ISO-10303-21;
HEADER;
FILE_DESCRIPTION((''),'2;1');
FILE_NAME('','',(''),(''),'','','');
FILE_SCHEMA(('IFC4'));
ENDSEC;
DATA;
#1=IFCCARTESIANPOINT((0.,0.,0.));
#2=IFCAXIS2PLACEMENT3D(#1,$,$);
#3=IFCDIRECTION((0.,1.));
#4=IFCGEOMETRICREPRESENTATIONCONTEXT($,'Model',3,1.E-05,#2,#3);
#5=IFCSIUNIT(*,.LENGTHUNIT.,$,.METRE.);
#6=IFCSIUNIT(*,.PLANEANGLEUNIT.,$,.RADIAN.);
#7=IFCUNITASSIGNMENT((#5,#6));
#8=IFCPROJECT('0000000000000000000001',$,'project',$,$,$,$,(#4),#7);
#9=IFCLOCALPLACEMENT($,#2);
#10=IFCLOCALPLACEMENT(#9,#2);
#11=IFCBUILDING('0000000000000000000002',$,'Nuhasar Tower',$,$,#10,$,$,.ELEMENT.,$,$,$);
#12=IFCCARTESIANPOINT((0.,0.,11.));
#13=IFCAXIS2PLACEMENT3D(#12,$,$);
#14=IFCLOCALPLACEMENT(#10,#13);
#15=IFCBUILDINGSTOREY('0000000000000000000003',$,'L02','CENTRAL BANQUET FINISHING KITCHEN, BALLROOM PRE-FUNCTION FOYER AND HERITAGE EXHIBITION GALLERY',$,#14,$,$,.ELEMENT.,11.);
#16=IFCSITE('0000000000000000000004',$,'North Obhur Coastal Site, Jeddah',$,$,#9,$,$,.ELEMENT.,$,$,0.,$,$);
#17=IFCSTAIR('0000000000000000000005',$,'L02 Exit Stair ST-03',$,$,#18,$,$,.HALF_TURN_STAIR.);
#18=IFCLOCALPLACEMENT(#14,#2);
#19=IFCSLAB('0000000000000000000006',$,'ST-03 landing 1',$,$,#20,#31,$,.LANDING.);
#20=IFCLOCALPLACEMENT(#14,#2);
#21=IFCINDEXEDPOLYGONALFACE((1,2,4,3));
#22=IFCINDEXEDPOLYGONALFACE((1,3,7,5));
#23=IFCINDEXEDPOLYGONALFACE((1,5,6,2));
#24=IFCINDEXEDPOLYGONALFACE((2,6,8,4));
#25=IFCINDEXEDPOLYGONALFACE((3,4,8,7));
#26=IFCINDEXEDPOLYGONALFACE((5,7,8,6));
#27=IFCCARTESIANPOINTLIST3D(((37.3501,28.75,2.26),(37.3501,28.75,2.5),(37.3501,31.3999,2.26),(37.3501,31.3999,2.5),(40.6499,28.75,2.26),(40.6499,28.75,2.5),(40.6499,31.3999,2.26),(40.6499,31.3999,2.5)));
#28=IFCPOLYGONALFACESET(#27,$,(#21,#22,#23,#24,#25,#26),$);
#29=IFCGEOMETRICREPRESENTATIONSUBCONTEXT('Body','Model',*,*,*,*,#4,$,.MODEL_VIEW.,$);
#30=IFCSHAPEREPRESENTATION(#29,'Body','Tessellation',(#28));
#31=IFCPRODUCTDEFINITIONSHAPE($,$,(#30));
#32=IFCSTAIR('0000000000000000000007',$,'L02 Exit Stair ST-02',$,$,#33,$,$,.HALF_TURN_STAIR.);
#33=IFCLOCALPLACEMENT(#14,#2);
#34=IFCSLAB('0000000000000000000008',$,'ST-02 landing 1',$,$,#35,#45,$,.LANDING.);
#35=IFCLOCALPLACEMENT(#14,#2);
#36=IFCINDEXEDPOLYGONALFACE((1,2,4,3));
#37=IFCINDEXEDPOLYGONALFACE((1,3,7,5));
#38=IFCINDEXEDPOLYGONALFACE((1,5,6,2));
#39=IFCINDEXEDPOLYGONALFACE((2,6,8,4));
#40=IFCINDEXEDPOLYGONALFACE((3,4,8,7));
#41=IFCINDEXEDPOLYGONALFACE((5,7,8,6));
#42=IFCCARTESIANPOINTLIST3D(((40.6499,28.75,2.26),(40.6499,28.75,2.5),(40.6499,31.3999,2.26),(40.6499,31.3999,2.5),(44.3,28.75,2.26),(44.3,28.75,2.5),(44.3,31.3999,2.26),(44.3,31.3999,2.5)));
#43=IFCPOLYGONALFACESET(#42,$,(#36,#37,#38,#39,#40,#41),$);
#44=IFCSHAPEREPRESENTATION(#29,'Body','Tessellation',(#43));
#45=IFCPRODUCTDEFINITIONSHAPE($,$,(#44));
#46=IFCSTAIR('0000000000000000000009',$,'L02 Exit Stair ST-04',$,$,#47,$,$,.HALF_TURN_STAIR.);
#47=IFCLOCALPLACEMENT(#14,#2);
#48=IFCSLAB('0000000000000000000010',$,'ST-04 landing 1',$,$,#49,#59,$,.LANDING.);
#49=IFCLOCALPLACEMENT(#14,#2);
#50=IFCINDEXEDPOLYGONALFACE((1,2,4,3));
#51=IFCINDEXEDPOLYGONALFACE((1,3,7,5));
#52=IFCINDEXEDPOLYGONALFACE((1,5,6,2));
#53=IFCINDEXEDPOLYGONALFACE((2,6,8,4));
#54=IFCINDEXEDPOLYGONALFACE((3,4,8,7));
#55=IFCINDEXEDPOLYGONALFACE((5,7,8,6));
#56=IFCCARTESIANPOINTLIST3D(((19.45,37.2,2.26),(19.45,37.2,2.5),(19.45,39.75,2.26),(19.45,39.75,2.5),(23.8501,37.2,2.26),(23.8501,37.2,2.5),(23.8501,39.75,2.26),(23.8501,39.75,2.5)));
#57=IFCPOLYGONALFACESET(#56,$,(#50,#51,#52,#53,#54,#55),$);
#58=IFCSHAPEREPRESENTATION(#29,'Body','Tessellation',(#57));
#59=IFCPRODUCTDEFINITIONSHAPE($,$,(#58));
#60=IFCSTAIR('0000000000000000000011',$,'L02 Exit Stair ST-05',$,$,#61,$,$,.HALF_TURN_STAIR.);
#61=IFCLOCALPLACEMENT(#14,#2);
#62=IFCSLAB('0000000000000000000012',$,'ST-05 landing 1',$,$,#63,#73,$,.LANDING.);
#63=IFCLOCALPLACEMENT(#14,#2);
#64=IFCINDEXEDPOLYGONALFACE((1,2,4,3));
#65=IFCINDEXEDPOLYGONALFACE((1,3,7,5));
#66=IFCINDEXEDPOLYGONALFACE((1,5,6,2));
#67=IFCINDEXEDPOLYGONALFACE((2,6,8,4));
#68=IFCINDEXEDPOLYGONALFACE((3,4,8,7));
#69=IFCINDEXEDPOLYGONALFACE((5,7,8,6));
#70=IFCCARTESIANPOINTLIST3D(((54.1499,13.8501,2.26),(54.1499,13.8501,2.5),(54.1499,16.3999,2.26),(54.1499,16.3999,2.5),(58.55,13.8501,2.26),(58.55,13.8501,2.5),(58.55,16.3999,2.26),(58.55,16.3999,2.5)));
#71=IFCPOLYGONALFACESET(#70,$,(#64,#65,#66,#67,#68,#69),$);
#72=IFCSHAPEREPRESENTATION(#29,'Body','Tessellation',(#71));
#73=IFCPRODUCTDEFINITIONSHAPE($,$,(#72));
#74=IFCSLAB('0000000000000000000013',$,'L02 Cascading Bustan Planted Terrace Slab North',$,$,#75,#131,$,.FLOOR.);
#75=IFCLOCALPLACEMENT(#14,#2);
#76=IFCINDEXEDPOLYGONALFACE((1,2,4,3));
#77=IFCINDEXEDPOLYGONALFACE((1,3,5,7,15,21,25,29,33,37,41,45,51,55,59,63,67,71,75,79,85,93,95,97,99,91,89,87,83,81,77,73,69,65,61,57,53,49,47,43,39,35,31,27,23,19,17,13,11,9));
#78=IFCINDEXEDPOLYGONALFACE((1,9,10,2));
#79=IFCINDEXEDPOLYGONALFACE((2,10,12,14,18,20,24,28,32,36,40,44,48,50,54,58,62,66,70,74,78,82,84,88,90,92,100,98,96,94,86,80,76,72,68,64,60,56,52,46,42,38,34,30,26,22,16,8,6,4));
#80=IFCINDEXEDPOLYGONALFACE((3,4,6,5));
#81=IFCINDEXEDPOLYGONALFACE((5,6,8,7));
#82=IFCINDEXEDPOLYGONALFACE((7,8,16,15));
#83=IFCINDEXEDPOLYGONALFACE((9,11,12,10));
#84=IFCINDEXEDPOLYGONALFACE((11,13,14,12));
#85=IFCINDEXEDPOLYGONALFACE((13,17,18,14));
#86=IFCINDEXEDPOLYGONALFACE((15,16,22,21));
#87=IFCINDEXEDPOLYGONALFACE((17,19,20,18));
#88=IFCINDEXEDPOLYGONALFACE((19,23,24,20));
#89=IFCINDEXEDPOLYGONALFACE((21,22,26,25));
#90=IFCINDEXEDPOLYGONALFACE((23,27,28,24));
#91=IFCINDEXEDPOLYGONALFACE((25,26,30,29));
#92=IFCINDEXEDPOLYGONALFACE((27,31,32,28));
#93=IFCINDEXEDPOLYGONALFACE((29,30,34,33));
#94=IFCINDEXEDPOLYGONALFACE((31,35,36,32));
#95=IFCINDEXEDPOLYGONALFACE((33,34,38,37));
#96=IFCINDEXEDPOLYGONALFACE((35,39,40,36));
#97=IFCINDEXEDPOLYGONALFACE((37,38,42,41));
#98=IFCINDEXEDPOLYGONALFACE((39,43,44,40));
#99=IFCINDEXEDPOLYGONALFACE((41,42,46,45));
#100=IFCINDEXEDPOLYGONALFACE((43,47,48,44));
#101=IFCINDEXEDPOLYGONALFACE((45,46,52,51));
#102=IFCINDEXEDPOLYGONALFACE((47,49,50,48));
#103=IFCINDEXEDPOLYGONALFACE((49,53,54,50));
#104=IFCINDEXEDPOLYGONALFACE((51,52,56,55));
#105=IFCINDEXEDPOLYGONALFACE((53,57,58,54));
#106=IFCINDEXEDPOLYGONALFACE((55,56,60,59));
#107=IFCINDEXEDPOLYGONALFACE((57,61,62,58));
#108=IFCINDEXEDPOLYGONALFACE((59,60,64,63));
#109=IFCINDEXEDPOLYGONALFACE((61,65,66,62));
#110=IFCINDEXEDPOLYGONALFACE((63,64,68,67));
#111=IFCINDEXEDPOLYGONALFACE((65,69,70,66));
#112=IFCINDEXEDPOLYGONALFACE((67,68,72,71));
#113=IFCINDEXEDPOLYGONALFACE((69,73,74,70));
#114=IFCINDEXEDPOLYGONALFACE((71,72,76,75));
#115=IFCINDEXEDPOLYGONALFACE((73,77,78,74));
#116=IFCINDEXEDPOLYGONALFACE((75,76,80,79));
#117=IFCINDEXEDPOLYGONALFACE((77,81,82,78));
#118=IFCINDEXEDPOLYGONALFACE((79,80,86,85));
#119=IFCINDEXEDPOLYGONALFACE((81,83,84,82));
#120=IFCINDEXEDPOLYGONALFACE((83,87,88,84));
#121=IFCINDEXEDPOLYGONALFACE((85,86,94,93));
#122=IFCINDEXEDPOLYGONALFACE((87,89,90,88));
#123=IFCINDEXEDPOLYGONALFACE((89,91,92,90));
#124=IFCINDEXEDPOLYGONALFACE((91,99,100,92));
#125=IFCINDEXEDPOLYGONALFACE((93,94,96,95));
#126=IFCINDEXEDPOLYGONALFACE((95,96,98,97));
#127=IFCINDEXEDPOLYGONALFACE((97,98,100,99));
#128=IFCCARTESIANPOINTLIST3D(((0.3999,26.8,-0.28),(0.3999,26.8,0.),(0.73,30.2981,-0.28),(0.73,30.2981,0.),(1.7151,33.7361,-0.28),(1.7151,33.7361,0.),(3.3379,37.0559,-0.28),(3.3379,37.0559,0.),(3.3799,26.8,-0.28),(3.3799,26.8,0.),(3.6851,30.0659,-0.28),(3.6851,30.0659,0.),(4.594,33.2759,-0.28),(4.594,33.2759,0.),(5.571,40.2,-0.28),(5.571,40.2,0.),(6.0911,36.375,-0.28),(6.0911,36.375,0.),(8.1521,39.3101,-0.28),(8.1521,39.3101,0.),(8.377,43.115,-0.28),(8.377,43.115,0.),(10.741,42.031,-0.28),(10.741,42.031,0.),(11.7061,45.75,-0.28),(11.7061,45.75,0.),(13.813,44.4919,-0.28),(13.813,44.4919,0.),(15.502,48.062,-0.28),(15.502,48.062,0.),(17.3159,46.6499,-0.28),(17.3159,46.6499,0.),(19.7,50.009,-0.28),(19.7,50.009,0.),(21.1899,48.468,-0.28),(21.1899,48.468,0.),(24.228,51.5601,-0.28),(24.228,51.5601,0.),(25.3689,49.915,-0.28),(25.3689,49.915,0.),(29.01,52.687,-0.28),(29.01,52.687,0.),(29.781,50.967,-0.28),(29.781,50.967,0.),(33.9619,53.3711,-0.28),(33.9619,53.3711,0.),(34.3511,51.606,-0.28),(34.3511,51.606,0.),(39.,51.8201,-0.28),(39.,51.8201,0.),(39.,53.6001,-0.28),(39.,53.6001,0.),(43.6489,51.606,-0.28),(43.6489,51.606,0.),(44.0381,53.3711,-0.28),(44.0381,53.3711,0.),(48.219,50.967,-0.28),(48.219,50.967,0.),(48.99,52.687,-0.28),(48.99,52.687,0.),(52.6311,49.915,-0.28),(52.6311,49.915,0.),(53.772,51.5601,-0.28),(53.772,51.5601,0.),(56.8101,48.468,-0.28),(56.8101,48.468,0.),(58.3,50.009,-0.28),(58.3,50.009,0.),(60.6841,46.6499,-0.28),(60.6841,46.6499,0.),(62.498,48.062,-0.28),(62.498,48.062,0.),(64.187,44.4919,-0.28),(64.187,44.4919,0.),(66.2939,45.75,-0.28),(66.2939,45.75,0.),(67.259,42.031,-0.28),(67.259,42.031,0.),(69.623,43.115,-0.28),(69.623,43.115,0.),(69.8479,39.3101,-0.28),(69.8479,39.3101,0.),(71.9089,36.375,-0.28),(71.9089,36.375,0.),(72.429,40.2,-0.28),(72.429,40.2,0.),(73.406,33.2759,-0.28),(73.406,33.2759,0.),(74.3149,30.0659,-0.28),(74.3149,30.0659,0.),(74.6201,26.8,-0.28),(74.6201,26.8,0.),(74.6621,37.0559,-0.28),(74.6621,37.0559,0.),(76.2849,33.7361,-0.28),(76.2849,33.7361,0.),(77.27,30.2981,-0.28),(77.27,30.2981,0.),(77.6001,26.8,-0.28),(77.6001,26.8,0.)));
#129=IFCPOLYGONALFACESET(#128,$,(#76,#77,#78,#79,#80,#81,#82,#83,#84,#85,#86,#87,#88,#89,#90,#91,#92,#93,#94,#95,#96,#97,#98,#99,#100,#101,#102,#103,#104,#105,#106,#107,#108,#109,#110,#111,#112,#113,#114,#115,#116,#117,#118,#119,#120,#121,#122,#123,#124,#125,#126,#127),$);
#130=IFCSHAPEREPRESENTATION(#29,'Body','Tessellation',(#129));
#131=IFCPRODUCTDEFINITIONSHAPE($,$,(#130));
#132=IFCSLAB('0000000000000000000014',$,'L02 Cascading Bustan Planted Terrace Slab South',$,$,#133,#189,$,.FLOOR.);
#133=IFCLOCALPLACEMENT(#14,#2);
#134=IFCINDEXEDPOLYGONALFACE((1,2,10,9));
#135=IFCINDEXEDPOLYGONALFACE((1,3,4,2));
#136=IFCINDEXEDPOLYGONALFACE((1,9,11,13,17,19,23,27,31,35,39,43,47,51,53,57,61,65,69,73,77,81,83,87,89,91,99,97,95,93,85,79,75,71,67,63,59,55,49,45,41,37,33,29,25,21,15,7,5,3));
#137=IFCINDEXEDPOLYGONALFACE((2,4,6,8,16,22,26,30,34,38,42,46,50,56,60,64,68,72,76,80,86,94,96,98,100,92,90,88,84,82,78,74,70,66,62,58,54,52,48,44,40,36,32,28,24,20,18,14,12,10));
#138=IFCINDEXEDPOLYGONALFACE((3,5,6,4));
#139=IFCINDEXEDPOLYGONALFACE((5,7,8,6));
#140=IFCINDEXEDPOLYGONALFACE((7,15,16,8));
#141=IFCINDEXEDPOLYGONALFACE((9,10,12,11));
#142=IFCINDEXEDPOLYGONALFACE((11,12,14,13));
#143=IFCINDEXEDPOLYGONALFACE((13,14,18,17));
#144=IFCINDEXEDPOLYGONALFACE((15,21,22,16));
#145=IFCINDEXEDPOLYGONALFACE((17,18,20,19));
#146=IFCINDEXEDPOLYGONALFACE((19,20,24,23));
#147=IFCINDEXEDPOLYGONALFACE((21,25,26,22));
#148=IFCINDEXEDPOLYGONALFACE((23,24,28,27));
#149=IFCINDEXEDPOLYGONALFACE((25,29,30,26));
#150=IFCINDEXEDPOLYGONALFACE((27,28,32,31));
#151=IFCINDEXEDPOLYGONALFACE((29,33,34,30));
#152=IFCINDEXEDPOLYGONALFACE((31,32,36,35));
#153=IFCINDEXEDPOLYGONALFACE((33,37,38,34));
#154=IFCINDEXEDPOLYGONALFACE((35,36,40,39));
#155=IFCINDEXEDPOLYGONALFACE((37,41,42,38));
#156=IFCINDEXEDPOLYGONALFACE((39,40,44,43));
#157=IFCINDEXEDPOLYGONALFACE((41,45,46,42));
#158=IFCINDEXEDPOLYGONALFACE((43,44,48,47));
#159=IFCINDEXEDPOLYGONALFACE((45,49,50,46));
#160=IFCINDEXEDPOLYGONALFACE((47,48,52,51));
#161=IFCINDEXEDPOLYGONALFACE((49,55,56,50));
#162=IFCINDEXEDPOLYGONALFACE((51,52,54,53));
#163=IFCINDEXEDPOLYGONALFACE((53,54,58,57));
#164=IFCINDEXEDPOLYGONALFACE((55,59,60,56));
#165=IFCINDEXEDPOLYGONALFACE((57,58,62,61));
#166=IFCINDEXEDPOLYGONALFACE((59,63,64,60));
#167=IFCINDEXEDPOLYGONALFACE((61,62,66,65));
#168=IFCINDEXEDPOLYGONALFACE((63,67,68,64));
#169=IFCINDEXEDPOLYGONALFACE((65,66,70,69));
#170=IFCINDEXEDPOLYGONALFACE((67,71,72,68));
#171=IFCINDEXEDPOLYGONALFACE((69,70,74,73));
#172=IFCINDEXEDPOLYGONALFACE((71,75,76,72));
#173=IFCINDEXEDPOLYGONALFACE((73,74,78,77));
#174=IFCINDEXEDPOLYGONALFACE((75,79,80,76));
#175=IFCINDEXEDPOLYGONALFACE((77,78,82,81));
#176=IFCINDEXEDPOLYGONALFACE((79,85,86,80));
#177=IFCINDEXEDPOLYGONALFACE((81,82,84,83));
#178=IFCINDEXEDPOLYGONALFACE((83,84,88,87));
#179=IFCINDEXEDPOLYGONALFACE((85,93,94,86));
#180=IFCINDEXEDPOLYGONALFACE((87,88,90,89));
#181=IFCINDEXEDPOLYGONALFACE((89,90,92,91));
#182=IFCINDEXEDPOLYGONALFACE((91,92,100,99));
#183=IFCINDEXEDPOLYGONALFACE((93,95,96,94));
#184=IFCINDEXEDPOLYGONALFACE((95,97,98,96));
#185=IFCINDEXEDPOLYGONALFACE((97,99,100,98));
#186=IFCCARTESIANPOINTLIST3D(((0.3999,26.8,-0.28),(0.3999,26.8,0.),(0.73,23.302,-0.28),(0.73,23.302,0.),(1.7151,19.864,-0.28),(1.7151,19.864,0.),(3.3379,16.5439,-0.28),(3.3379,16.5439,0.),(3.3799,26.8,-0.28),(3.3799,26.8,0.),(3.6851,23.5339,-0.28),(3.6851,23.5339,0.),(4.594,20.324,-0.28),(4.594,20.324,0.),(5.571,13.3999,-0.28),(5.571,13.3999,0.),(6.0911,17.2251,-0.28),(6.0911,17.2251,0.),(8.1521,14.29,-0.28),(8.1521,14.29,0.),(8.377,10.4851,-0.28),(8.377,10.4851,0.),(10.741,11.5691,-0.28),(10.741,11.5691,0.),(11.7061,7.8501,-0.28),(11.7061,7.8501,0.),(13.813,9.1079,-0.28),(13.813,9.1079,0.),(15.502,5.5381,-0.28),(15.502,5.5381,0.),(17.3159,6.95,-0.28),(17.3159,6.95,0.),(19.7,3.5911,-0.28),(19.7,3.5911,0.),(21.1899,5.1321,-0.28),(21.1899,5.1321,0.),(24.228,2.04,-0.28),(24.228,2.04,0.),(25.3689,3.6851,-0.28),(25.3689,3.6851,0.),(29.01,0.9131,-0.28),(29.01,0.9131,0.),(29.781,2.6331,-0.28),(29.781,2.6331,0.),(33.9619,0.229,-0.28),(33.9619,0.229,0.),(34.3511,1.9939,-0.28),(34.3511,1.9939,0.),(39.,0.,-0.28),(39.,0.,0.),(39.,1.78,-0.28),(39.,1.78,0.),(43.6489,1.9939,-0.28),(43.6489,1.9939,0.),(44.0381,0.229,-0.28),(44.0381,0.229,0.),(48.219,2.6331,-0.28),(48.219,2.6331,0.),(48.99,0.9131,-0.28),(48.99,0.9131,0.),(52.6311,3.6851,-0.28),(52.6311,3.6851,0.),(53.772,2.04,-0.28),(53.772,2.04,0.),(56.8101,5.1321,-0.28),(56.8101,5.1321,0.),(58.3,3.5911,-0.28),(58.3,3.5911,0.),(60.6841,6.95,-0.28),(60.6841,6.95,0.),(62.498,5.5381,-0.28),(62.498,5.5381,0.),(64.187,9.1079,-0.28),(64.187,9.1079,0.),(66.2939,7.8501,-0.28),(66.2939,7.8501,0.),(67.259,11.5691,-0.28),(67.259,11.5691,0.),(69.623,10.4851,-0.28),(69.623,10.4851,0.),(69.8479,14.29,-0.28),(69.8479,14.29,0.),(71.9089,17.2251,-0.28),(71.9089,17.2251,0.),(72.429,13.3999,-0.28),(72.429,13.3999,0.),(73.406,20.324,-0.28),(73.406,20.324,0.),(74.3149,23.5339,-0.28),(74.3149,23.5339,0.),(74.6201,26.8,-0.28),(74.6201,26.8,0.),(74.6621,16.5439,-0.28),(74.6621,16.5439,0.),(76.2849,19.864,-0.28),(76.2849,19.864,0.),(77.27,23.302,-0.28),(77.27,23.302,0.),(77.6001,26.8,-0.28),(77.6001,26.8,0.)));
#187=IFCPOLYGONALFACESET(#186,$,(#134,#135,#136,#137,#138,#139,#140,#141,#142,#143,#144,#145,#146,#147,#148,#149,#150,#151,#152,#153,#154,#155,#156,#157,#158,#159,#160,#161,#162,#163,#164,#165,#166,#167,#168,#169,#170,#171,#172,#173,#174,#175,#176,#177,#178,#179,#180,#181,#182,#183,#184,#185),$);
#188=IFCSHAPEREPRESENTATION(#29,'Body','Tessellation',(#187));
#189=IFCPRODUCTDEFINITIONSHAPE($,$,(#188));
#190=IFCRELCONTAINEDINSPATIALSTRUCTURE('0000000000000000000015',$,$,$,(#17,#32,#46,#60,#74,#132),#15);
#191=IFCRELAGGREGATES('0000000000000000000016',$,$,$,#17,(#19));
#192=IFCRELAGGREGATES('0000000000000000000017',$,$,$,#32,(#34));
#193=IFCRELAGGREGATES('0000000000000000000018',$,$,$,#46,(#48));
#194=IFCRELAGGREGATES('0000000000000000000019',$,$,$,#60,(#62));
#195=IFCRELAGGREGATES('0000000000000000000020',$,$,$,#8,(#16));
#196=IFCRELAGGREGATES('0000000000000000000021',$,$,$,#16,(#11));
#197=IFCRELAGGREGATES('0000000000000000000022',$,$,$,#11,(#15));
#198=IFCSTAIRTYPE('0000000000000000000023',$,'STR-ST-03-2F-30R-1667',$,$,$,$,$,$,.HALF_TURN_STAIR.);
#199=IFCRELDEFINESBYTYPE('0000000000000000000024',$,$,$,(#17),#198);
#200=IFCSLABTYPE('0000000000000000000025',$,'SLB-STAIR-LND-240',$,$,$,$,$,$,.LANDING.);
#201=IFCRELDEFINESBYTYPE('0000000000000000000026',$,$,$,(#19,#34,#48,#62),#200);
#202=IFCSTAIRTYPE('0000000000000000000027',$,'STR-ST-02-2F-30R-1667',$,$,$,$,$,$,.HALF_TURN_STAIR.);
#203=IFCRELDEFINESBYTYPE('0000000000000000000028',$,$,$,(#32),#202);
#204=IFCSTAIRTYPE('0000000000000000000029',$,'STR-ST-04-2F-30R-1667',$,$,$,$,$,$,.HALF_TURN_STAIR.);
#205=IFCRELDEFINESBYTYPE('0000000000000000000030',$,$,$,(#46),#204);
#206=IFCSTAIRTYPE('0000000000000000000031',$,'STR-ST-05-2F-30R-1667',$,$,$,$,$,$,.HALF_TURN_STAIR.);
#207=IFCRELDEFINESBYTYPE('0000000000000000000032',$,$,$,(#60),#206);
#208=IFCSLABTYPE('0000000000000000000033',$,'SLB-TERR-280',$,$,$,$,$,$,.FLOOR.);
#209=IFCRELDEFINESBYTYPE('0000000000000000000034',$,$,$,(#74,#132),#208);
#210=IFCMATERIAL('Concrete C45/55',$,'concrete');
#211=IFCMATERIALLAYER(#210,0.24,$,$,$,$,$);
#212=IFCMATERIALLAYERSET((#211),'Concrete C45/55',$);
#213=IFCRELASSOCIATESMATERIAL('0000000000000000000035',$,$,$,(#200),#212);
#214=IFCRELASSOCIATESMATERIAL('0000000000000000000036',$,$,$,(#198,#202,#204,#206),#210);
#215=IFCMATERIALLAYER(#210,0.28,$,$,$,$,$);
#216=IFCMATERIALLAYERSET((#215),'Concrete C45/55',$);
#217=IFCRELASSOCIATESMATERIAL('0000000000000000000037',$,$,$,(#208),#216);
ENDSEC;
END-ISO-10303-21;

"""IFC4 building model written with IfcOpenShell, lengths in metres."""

from ifc_helpers import new_model, si_unit, direction, frame, origin, place, context, subcontext, project, spatial, polyline, outline, extrude, material, layer, layer_set, type_object, element, aggregate, save


model = new_model("IFC4")

# Units and contexts
model_context = context("Model", 3, precision=1e-05, world=origin(), true_north=direction((0.0, 1.0)))
body_context = subcontext(model_context, "Body", "Model", "MODEL_VIEW")
ifc_project = project(units=[si_unit("LENGTHUNIT", "METRE"), si_unit("PLANEANGLEUNIT", "RADIAN")], contexts=[model_context])

# Site, building, storey
site_placement = place(None, origin())
site = spatial("IfcSite", under=ifc_project, at=site_placement, Name="North Obhur Coastal Site, Jeddah", CompositionType="ELEMENT", RefElevation=0.0)
building_placement = place(site_placement, origin())
building = spatial("IfcBuilding", under=site, at=building_placement, Name="Nuhasar Tower", CompositionType="ELEMENT")
storey_placement = place(building_placement, frame((0.0, 0.0, 11.0)))
storey = spatial("IfcBuildingStorey", under=building, at=storey_placement, Name="L02", Description="CENTRAL BANQUET FINISHING KITCHEN, BALLROOM PRE-FUNCTION FOYER AND HERITAGE EXHIBITION GALLERY", CompositionType="ELEMENT", Elevation=11.0)

# Stairs, slabs
ifc_material_1 = material(Name="Concrete C45/55", Category="concrete")
ifc_layer_1 = layer(ifc_material_1, 0.24)
ifc_layer_set_1 = layer_set([ifc_layer_1], Name="Concrete C45/55")
slab_type_1 = type_object("IfcSlabType", Name="SLB-STAIR-LND-240", PredefinedType="LANDING", material=ifc_layer_set_1)
stair_type_1 = type_object("IfcStairType", Name="STR-ST-03-2F-30R-1667", PredefinedType="HALF_TURN_STAIR", material=ifc_material_1)
stair_1_placement = place(storey_placement, origin())
stair_1 = element("IfcStair", 1, at=stair_1_placement, inside=storey, type_object=stair_type_1, Name="L02 Exit Stair ST-03", PredefinedType="HALF_TURN_STAIR")
slab_1_placement = place(storey_placement, frame((0.0, 0.0, 2.26)))
slab_1 = element("IfcSlab", 2, at=slab_1_placement, type_object=slab_type_1, Name="ST-03 landing 1", PredefinedType="LANDING", context=body_context, shape_type="SweptSolid", body=[
    extrude(outline(polyline([(37.3501, 28.75), (40.6499, 28.75), (40.6499, 31.3999), (37.3501, 31.3999), (37.3501, 28.75)])), origin(), (0.0, 0.0, 1.0), 0.24),
])
aggregate(stair_1, [slab_1])
stair_type_2 = type_object("IfcStairType", Name="STR-ST-02-2F-30R-1667", PredefinedType="HALF_TURN_STAIR", material=ifc_material_1)
stair_2_placement = place(storey_placement, origin())
stair_2 = element("IfcStair", 3, at=stair_2_placement, inside=storey, type_object=stair_type_2, Name="L02 Exit Stair ST-02", PredefinedType="HALF_TURN_STAIR")
slab_2_placement = place(storey_placement, frame((0.0, 0.0, 2.26)))
slab_2 = element("IfcSlab", 4, at=slab_2_placement, type_object=slab_type_1, Name="ST-02 landing 1", PredefinedType="LANDING", context=body_context, shape_type="SweptSolid", body=[
    extrude(outline(polyline([(40.6499, 28.75), (44.3, 28.75), (44.3, 31.3999), (40.6499, 31.3999), (40.6499, 28.75)])), origin(), (0.0, 0.0, 1.0), 0.24),
])
aggregate(stair_2, [slab_2])
stair_type_3 = type_object("IfcStairType", Name="STR-ST-04-2F-30R-1667", PredefinedType="HALF_TURN_STAIR", material=ifc_material_1)
stair_3_placement = place(storey_placement, origin())
stair_3 = element("IfcStair", 5, at=stair_3_placement, inside=storey, type_object=stair_type_3, Name="L02 Exit Stair ST-04", PredefinedType="HALF_TURN_STAIR")
slab_3_placement = place(storey_placement, frame((0.0, 0.0, 2.26)))
slab_3 = element("IfcSlab", 6, at=slab_3_placement, type_object=slab_type_1, Name="ST-04 landing 1", PredefinedType="LANDING", context=body_context, shape_type="SweptSolid", body=[
    extrude(outline(polyline([(19.45, 37.2), (23.8501, 37.2), (23.8501, 39.75), (19.45, 39.75), (19.45, 37.2)])), origin(), (0.0, 0.0, 1.0), 0.24),
])
aggregate(stair_3, [slab_3])
stair_type_4 = type_object("IfcStairType", Name="STR-ST-05-2F-30R-1667", PredefinedType="HALF_TURN_STAIR", material=ifc_material_1)
stair_4_placement = place(storey_placement, origin())
stair_4 = element("IfcStair", 7, at=stair_4_placement, inside=storey, type_object=stair_type_4, Name="L02 Exit Stair ST-05", PredefinedType="HALF_TURN_STAIR")
slab_4_placement = place(storey_placement, frame((0.0, 0.0, 2.26)))
slab_4 = element("IfcSlab", 8, at=slab_4_placement, type_object=slab_type_1, Name="ST-05 landing 1", PredefinedType="LANDING", context=body_context, shape_type="SweptSolid", body=[
    extrude(outline(polyline([(54.1499, 13.8501), (58.55, 13.8501), (58.55, 16.3999), (54.1499, 16.3999), (54.1499, 13.8501)])), origin(), (0.0, 0.0, 1.0), 0.24),
])
aggregate(stair_4, [slab_4])

# Slabs
ifc_layer_2 = layer(ifc_material_1, 0.28)
ifc_layer_set_2 = layer_set([ifc_layer_2], Name="Concrete C45/55")
slab_type_2 = type_object("IfcSlabType", Name="SLB-TERR-280", PredefinedType="FLOOR", material=ifc_layer_set_2)
slab_5_placement = place(storey_placement, frame((0.0, 0.0, -0.28)))
element("IfcSlab", 9, at=slab_5_placement, inside=storey, type_object=slab_type_2, Name="L02 Cascading Bustan Planted Terrace Slab North", PredefinedType="FLOOR", context=body_context, shape_type="SweptSolid", body=[
    extrude(outline(polyline([(77.6001, 26.8), (77.27, 30.2981), (76.2849, 33.7361), (74.6621, 37.0559), (72.429, 40.2), (69.623, 43.115), (66.2939, 45.75), (62.498, 48.062), (58.3, 50.009), (53.772, 51.5601), (48.99, 52.687), (44.0381, 53.3711), (39.0, 53.6001), (33.9619, 53.3711), (29.01, 52.687), (24.228, 51.5601), (19.7, 50.009), (15.502, 48.062), (11.7061, 45.75), (8.377, 43.115), (5.571, 40.2), (3.3379, 37.0559), (1.7151, 33.7361), (0.73, 30.2981), (0.3999, 26.8), (3.3799, 26.8), (3.6851, 30.0659), (4.594, 33.2759), (6.0911, 36.375), (8.1521, 39.3101), (10.741, 42.031), (13.813, 44.4919), (17.3159, 46.6499), (21.1899, 48.468), (25.3689, 49.915), (29.781, 50.967), (34.3511, 51.606), (39.0, 51.8201), (43.6489, 51.606), (48.219, 50.967), (52.6311, 49.915), (56.8101, 48.468), (60.6841, 46.6499), (64.187, 44.4919), (67.259, 42.031), (69.8479, 39.3101), (71.9089, 36.375), (73.406, 33.2759), (74.3149, 30.0659), (74.6201, 26.8), (77.6001, 26.8)])), origin(), (0.0, 0.0, 1.0), 0.28),
])
slab_6_placement = place(storey_placement, frame((0.0, 0.0, -0.28)))
element("IfcSlab", 10, at=slab_6_placement, inside=storey, type_object=slab_type_2, Name="L02 Cascading Bustan Planted Terrace Slab South", PredefinedType="FLOOR", context=body_context, shape_type="SweptSolid", body=[
    extrude(outline(polyline([(0.3999, 26.8), (0.73, 23.302), (1.7151, 19.864), (3.3379, 16.5439), (5.571, 13.3999), (8.377, 10.4851), (11.7061, 7.8501), (15.502, 5.5381), (19.7, 3.5911), (24.228, 2.04), (29.01, 0.9131), (33.9619, 0.229), (39.0, 0.0), (44.0381, 0.229), (48.99, 0.9131), (53.772, 2.04), (58.3, 3.5911), (62.498, 5.5381), (66.2939, 7.8501), (69.623, 10.4851), (72.429, 13.3999), (74.6621, 16.5439), (76.2849, 19.864), (77.27, 23.302), (77.6001, 26.8), (74.6201, 26.8), (74.3149, 23.5339), (73.406, 20.324), (71.9089, 17.2251), (69.8479, 14.29), (67.259, 11.5691), (64.187, 9.1079), (60.6841, 6.95), (56.8101, 5.1321), (52.6311, 3.6851), (48.219, 2.6331), (43.6489, 1.9939), (39.0, 1.78), (34.3511, 1.9939), (29.781, 2.6331), (25.3689, 3.6851), (21.1899, 5.1321), (17.3159, 6.95), (13.813, 9.1079), (10.741, 11.5691), (8.1521, 14.29), (6.0911, 17.2251), (4.594, 20.324), (3.6851, 23.5339), (3.3799, 26.8), (0.3999, 26.8)])), origin(), (0.0, 0.0, 1.0), 0.28),
])

save(model, "model.ifc")
